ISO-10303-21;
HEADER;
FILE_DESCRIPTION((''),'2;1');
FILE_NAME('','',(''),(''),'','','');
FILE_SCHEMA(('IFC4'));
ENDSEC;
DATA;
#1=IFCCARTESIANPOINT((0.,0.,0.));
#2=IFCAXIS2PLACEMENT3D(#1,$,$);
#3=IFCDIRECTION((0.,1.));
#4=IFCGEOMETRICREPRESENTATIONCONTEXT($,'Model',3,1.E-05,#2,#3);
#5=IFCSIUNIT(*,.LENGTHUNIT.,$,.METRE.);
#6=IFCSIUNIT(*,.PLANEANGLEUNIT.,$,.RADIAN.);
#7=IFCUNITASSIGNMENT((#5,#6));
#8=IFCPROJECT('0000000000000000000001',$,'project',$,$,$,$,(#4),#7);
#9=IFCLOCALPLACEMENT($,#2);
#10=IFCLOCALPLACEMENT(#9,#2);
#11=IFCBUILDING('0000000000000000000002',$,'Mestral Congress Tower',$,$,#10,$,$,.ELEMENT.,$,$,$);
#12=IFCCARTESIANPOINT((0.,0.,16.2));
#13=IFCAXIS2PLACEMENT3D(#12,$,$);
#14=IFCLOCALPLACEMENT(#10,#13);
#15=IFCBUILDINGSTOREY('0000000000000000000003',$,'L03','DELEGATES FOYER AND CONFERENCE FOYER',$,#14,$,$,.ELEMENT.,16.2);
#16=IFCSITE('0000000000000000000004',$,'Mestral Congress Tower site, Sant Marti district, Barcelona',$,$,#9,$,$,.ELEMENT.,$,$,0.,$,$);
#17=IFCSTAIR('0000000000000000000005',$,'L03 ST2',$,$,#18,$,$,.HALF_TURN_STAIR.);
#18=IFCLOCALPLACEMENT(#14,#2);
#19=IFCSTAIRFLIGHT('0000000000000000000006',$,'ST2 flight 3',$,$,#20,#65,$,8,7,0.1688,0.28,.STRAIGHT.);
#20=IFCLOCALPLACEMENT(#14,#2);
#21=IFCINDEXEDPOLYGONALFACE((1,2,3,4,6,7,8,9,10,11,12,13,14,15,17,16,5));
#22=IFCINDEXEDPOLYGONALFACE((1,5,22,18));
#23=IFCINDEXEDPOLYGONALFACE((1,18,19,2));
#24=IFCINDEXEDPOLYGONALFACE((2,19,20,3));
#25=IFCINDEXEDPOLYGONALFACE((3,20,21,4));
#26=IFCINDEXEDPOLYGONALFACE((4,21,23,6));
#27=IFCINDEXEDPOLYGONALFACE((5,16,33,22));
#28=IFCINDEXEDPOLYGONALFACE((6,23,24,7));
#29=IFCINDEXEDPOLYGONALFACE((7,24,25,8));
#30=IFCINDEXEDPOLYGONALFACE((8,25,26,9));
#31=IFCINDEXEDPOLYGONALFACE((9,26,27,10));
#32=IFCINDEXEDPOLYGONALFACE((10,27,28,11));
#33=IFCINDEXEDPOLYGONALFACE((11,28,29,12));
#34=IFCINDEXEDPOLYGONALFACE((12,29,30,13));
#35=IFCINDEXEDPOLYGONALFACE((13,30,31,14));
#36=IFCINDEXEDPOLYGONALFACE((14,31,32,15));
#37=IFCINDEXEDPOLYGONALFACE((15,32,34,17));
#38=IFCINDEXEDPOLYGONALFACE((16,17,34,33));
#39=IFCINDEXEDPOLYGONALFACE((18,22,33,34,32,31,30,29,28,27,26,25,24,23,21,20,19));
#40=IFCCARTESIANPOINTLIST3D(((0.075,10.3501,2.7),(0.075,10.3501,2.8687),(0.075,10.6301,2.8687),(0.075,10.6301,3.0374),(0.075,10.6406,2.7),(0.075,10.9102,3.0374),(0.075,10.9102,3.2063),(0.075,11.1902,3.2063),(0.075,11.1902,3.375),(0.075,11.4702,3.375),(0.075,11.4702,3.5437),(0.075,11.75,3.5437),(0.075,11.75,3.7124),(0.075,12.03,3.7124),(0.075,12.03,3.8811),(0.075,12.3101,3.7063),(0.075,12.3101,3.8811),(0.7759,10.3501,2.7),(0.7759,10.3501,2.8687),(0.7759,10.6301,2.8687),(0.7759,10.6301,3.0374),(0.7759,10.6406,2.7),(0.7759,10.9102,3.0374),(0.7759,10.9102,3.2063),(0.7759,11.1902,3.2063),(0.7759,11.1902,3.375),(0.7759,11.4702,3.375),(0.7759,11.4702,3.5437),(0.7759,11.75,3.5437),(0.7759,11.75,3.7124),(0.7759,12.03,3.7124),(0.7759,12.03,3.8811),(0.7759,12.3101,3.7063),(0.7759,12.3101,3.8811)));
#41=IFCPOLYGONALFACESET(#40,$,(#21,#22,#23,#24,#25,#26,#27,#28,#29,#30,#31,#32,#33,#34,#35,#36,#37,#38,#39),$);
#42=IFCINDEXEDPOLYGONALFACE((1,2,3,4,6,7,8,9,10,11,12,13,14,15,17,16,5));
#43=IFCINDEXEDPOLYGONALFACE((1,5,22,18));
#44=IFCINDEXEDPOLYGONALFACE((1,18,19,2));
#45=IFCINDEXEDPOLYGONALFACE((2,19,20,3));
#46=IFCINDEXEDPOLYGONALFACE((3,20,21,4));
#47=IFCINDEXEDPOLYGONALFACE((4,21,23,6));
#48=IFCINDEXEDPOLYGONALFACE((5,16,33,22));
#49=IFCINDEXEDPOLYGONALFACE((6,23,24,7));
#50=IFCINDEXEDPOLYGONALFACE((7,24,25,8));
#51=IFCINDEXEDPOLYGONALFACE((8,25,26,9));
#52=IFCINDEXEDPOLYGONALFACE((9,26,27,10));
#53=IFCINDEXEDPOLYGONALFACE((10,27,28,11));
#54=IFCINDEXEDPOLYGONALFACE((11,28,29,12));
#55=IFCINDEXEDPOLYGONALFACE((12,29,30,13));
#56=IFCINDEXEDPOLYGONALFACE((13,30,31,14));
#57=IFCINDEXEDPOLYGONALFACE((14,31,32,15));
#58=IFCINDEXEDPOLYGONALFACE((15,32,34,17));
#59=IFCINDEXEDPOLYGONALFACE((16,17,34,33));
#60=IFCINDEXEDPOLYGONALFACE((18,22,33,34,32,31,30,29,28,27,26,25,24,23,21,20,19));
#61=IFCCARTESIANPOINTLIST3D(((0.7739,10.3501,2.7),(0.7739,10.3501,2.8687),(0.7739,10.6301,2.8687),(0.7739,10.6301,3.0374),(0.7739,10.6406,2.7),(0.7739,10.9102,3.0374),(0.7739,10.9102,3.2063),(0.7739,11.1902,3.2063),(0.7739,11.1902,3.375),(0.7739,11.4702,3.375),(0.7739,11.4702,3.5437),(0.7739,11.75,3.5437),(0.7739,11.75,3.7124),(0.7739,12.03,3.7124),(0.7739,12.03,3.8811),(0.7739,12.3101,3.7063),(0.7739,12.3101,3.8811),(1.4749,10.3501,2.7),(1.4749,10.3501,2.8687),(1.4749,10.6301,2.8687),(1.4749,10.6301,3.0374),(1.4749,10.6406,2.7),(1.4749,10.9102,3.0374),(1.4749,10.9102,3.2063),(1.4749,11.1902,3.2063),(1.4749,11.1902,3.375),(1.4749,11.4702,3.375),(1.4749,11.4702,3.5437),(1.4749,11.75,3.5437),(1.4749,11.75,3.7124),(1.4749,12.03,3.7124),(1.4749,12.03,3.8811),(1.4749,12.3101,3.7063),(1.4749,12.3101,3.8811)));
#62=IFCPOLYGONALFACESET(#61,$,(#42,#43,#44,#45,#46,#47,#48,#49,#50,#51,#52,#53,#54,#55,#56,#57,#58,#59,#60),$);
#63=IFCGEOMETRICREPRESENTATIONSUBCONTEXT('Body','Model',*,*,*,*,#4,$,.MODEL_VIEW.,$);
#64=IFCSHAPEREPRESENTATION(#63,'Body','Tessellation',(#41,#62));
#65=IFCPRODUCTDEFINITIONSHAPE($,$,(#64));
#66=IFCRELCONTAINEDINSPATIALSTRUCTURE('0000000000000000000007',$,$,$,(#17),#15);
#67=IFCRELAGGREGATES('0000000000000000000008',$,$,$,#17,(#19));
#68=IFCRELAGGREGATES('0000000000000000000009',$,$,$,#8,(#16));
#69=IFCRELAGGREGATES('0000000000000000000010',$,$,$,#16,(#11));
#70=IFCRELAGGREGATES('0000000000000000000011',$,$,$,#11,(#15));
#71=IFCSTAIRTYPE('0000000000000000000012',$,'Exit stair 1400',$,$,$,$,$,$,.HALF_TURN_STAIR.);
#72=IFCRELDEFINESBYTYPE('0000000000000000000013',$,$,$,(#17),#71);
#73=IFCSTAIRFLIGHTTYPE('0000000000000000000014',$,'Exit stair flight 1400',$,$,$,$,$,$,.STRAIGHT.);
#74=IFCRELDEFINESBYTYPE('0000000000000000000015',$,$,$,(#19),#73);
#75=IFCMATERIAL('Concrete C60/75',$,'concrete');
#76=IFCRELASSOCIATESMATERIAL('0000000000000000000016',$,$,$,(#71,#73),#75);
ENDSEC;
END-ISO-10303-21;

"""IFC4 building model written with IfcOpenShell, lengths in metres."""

from ifc_helpers import new_model, si_unit, direction, frame, origin, place, context, subcontext, project, spatial, polyline, outline, extrude, material, type_object, element, aggregate, save


model = new_model("IFC4")

# Units and contexts
model_context = context("Model", 3, precision=1e-05, world=origin(), true_north=direction((0.0, 1.0)))
body_context = subcontext(model_context, "Body", "Model", "MODEL_VIEW")
ifc_project = project(units=[si_unit("LENGTHUNIT", "METRE"), si_unit("PLANEANGLEUNIT", "RADIAN")], contexts=[model_context])

# Site, building, storey
site_placement = place(None, origin())
site = spatial("IfcSite", under=ifc_project, at=site_placement, Name="Mestral Congress Tower site, Sant Marti district, Barcelona", CompositionType="ELEMENT", RefElevation=0.0)
building_placement = place(site_placement, origin())
building = spatial("IfcBuilding", under=site, at=building_placement, Name="Mestral Congress Tower", CompositionType="ELEMENT")
storey_placement = place(building_placement, frame((0.0, 0.0, 16.2)))
storey = spatial("IfcBuildingStorey", under=building, at=storey_placement, Name="L03", Description="DELEGATES FOYER AND CONFERENCE FOYER", CompositionType="ELEMENT", Elevation=16.2)

# Shared definitions
ifc_material_1 = material(Name="Concrete C60/75", Category="concrete")

# Stair, stair flight
stair_type = type_object("IfcStairType", Name="Exit stair 1400", PredefinedType="HALF_TURN_STAIR", material=ifc_material_1)
stair_placement = place(storey_placement, origin())
stair = element("IfcStair", 1, at=stair_placement, inside=storey, type_object=stair_type, Name="L03 ST2", PredefinedType="HALF_TURN_STAIR")
stair_flight_type = type_object("IfcStairFlightType", Name="Exit stair flight 1400", PredefinedType="STRAIGHT", material=ifc_material_1)
stair_flight_1_placement = place(storey_placement, frame((0.7749, 10.3501, 2.7), z_axis=(0.0, 0.0, 1.0), x_axis=(0.0, 1.0, 0.0)))
stair_flight_1 = element("IfcStairFlight", 2, at=stair_flight_1_placement, type_object=stair_flight_type, Name="ST2 flight 3", NumberOfRisers=8, NumberOfTreads=7, PredefinedType="STRAIGHT", RiserHeight=0.1688, TreadLength=0.28, context=body_context, shape_type="SweptSolid", body=[
    extrude(outline(polyline([(0.0, 0.0), (0.0, 0.1687), (0.28, 0.1687), (0.28, 0.3374), (0.5601, 0.3374), (0.5601, 0.5063), (0.8401, 0.5063), (0.8401, 0.675), (1.1201, 0.675), (1.1201, 0.8438), (1.3999, 0.8438), (1.3999, 1.0125), (1.6799, 1.0125), (1.6799, 1.1812), (1.96, 1.1812), (1.96, 1.3501), (1.96, 1.0063), (0.2905, 0.0), (0.0, 0.0)])), frame((0.0, 0.7, 0.0), z_axis=(0.0, -1.0, 0.0), x_axis=(1.0, 0.0, 0.0)), (0.0, 0.0, 1.0), 0.7009),
    extrude(outline(polyline([(0.0, 0.0), (0.0, 0.1687), (0.28, 0.1687), (0.28, 0.3374), (0.5601, 0.3374), (0.5601, 0.5063), (0.8401, 0.5063), (0.8401, 0.675), (1.1201, 0.675), (1.1201, 0.8438), (1.3999, 0.8438), (1.3999, 1.0125), (1.6799, 1.0125), (1.6799, 1.1812), (1.96, 1.1812), (1.96, 1.3501), (1.96, 1.0063), (0.2905, 0.0), (0.0, 0.0)])), frame((0.0, 0.001, 0.0), z_axis=(0.0, -1.0, 0.0), x_axis=(1.0, 0.0, 0.0)), (0.0, 0.0, 1.0), 0.7009),
])
aggregate(stair, [stair_flight_1])

save(model, "model.ifc")
